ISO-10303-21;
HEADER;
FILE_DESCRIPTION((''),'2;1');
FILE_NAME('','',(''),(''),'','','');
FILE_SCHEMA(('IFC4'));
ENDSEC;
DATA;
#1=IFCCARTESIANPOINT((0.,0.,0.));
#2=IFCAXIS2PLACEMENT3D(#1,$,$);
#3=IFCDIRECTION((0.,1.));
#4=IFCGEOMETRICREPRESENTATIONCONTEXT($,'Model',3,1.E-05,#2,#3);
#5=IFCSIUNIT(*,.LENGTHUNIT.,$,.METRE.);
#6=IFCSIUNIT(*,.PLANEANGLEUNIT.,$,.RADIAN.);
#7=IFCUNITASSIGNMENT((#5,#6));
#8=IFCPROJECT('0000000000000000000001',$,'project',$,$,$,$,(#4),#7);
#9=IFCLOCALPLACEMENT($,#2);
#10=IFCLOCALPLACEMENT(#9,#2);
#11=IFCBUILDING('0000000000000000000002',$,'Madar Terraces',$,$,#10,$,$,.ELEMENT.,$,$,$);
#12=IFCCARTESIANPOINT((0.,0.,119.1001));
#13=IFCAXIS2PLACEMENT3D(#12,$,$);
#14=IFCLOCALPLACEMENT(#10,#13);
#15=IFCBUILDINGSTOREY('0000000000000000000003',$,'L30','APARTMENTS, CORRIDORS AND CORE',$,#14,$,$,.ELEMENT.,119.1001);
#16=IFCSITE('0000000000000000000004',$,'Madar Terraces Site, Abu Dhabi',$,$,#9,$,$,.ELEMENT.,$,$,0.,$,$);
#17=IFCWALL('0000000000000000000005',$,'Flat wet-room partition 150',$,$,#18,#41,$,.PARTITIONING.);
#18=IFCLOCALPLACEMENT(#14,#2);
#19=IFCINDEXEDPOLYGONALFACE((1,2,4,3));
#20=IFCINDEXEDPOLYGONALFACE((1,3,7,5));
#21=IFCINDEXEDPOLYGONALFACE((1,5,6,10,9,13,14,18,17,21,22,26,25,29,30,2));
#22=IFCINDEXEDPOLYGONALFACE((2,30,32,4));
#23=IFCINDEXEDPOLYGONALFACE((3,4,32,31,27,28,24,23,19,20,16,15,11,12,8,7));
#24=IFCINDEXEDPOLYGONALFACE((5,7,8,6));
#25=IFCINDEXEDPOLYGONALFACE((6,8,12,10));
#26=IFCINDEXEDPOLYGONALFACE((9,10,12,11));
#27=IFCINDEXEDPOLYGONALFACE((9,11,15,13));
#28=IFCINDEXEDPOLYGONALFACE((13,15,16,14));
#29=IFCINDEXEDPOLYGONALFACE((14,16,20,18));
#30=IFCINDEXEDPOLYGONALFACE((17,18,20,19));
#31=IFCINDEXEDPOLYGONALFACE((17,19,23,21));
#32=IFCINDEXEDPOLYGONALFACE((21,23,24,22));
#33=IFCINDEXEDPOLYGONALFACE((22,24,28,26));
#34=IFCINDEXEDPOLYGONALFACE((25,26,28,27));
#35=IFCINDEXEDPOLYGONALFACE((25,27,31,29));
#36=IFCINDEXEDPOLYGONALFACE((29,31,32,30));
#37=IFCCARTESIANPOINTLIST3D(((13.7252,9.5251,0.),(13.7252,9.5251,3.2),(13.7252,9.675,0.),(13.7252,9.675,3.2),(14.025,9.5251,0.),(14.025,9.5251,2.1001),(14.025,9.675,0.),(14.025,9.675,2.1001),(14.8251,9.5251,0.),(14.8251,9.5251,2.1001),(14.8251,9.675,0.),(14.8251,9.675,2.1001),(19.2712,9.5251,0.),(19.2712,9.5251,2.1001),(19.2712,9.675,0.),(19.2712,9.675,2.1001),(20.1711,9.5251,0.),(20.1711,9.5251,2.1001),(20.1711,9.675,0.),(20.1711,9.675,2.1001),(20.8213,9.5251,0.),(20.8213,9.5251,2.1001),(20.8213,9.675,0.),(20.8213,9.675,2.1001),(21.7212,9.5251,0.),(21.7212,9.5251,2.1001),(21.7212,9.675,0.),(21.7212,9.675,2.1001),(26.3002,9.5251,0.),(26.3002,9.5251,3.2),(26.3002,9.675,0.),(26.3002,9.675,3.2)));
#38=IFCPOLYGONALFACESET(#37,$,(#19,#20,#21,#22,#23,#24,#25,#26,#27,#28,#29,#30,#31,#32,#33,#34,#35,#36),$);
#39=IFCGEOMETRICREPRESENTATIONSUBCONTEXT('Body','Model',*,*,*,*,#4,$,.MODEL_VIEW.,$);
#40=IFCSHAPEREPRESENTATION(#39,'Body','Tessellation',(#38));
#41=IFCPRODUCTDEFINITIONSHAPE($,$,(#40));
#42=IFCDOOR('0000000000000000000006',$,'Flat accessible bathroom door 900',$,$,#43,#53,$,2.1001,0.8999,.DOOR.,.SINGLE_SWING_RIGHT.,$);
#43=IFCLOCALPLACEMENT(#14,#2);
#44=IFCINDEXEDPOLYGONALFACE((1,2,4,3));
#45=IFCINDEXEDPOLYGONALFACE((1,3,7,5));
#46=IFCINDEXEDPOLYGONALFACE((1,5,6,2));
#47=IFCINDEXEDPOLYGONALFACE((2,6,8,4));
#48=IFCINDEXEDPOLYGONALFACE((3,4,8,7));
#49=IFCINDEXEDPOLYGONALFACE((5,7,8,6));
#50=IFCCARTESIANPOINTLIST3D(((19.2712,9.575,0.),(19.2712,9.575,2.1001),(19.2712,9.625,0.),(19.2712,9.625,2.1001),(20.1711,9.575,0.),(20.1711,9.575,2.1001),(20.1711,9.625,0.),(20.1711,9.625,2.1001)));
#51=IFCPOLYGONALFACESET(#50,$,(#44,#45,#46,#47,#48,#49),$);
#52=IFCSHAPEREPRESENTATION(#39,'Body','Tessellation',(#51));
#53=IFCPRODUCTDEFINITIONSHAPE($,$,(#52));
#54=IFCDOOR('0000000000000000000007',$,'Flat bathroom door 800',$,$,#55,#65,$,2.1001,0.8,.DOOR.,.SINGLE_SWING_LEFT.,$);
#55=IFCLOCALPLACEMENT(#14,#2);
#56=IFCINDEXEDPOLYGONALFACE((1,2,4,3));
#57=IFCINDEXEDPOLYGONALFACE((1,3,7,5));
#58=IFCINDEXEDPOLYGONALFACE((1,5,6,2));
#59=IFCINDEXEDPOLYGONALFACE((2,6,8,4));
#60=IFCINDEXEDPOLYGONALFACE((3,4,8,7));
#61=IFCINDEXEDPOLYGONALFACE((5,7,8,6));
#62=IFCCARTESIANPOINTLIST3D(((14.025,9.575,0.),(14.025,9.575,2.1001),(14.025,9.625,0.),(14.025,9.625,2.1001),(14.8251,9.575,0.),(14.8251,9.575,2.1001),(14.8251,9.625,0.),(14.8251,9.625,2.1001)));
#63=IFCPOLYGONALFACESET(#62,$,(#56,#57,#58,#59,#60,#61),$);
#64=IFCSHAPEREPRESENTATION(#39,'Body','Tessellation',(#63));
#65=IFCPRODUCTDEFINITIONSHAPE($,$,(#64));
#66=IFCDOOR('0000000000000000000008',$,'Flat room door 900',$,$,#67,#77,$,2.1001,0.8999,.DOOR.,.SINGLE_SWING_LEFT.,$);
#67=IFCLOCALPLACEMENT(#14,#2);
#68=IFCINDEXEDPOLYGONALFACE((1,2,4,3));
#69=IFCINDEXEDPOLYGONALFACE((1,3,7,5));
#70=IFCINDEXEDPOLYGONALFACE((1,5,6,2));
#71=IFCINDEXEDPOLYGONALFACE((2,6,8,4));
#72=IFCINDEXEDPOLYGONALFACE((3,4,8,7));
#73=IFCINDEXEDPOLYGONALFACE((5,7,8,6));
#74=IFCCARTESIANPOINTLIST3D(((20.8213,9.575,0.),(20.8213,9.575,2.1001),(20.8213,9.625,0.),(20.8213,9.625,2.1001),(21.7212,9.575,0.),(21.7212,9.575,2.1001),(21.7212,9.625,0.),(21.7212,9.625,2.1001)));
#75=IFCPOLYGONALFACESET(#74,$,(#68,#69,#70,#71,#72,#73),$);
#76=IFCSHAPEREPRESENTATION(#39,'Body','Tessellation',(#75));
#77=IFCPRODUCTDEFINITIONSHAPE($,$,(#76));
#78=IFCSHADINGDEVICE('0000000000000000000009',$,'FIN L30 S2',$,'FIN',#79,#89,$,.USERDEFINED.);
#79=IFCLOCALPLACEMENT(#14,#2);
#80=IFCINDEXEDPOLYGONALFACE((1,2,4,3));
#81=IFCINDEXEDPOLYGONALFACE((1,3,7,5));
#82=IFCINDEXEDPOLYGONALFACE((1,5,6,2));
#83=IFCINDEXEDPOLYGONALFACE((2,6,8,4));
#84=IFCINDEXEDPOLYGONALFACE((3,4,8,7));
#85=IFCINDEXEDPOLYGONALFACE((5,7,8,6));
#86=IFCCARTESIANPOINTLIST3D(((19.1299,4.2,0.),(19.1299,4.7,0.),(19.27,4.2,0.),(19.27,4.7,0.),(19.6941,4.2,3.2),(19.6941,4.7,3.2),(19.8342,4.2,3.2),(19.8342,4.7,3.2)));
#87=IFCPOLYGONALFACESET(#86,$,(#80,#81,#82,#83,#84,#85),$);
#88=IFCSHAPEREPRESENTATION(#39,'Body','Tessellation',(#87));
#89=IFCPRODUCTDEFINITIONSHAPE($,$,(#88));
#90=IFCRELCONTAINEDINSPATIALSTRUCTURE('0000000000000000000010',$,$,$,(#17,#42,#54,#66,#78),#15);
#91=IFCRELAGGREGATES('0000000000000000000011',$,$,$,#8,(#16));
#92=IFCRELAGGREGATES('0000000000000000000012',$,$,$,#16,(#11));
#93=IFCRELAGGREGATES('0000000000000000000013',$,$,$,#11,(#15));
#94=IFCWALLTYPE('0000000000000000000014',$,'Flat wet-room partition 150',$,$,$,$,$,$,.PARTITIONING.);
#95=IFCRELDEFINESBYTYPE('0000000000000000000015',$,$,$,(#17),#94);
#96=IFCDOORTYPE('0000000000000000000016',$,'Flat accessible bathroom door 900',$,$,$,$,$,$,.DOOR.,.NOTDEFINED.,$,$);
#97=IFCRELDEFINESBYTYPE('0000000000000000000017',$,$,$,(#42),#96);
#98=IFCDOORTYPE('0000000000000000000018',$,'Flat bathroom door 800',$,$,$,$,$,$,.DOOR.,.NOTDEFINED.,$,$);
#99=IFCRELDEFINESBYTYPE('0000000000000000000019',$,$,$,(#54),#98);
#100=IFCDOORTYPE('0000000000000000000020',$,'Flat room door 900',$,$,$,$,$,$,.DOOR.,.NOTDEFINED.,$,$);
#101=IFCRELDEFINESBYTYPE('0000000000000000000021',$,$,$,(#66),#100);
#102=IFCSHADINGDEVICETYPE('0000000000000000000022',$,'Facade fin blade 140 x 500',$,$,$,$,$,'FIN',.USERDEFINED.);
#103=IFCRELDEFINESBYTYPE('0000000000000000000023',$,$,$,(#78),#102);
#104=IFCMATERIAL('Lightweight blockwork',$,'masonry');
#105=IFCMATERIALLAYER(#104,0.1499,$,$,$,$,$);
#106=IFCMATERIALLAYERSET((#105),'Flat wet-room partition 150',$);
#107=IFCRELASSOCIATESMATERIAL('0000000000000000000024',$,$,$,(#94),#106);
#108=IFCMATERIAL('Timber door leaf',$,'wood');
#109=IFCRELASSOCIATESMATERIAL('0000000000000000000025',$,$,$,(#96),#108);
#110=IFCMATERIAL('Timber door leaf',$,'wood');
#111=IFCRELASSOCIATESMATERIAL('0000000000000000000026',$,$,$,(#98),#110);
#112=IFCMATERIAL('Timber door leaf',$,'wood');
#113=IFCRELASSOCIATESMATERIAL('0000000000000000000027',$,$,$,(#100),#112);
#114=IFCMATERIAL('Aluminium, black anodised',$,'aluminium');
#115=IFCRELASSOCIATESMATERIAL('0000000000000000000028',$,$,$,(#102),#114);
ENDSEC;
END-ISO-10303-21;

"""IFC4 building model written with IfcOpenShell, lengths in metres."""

from ifc_helpers import new_model, si_unit, direction, frame, frame_2d, origin, place, context, subcontext, project, spatial, polyline, rectangle, outline, extrude, material, layer, layer_set, type_object, element, fill, save


model = new_model("IFC4")

# Units and contexts
model_context = context("Model", 3, precision=1e-05, world=origin(), true_north=direction((0.0, 1.0)))
body_context = subcontext(model_context, "Body", "Model", "MODEL_VIEW")
ifc_project = project(units=[si_unit("LENGTHUNIT", "METRE"), si_unit("PLANEANGLEUNIT", "RADIAN")], contexts=[model_context])

# Site, building, storey
site_placement = place(None, origin())
site = spatial("IfcSite", under=ifc_project, at=site_placement, Name="Madar Terraces Site, Abu Dhabi", CompositionType="ELEMENT", RefElevation=0.0)
building_placement = place(site_placement, origin())
building = spatial("IfcBuilding", under=site, at=building_placement, Name="Madar Terraces", CompositionType="ELEMENT")
storey_placement = place(building_placement, frame((0.0, 0.0, 119.1001)))
storey = spatial("IfcBuildingStorey", under=building, at=storey_placement, Name="L30", Description="APARTMENTS, CORRIDORS AND CORE", CompositionType="ELEMENT", Elevation=119.1001)

# Shared definitions
ifc_material_1 = material(Name="Lightweight blockwork", Category="masonry")
ifc_layer_1 = layer(ifc_material_1, 0.1499)
ifc_layer_set_1 = layer_set([ifc_layer_1], Name="Flat wet-room partition 150")
wall_type_1 = type_object("IfcWallType", Name="Flat wet-room partition 150", PredefinedType="PARTITIONING", material=ifc_layer_set_1)

# Wall, openings, doors
wall_1_placement = place(storey_placement, frame((13.7251, 9.6001, 0.0), z_axis=(0.0, 0.0, 1.0), x_axis=(1.0, 0.0, 0.0)))
wall_1 = element("IfcWall", 1, at=wall_1_placement, inside=storey, type_object=wall_type_1, Name="Flat wet-room partition 150", PredefinedType="PARTITIONING", context=body_context, shape_type="SweptSolid", body=[
    extrude(rectangle(XDim=12.575, YDim=0.1499, at=frame_2d((6.2876, 0.0))), origin(), (0.0, 0.0, 1.0), 3.2),
])
opening_1_placement = place(wall_1_placement, frame((0.3, 0.0, 0.0)))
opening_1 = element("IfcOpeningElement", 2, at=opening_1_placement, cuts=wall_1, PredefinedType="OPENING", context=body_context, shape_type="SweptSolid", body=[
    extrude(rectangle(XDim=0.8, YDim=2.1001, at=frame_2d((0.3999, 1.05))), frame((0.0, 0.085, 0.0), z_axis=(0.0, -1.0, 0.0), x_axis=(1.0, 0.0, 0.0)), (0.0, 0.0, 1.0), 0.1699),
])
opening_2_placement = place(wall_1_placement, frame((5.5461, 0.0, 0.0)))
opening_2 = element("IfcOpeningElement", 3, at=opening_2_placement, cuts=wall_1, PredefinedType="OPENING", context=body_context, shape_type="SweptSolid", body=[
    extrude(rectangle(XDim=0.8999, YDim=2.1001, at=frame_2d((0.45, 1.05))), frame((0.0, 0.085, 0.0), z_axis=(0.0, -1.0, 0.0), x_axis=(1.0, 0.0, 0.0)), (0.0, 0.0, 1.0), 0.1699),
])
opening_3_placement = place(wall_1_placement, frame((7.0962, 0.0, 0.0)))
opening_3 = element("IfcOpeningElement", 4, at=opening_3_placement, cuts=wall_1, PredefinedType="OPENING", context=body_context, shape_type="SweptSolid", body=[
    extrude(rectangle(XDim=0.8999, YDim=2.1001, at=frame_2d((0.45, 1.05))), frame((0.0, 0.085, 0.0), z_axis=(0.0, -1.0, 0.0), x_axis=(1.0, 0.0, 0.0)), (0.0, 0.0, 1.0), 0.1699),
])
ifc_material_2 = material(Name="Timber door leaf", Category="wood")
door_type_1 = type_object("IfcDoorType", Name="Flat accessible bathroom door 900", OperationType="NOTDEFINED", PredefinedType="DOOR", material=ifc_material_2)
door_1_placement = place(opening_2_placement, origin())
door_1 = element("IfcDoor", 5, at=door_1_placement, inside=storey, type_object=door_type_1, Name="Flat accessible bathroom door 900", OperationType="SINGLE_SWING_RIGHT", OverallHeight=2.1001, OverallWidth=0.8999, PredefinedType="DOOR", context=body_context, shape_type="SweptSolid", body=[
    extrude(rectangle(XDim=0.8999, YDim=2.1001, at=frame_2d((0.45, 1.05))), frame((0.0, 0.0249, 0.0), z_axis=(0.0, -1.0, 0.0), x_axis=(1.0, 0.0, 0.0)), (0.0, 0.0, 1.0), 0.05),
])
fill(opening_2, door_1)
ifc_material_3 = material(Name="Timber door leaf", Category="wood")
door_type_2 = type_object("IfcDoorType", Name="Flat bathroom door 800", OperationType="NOTDEFINED", PredefinedType="DOOR", material=ifc_material_3)
door_2_placement = place(opening_1_placement, origin())
door_2 = element("IfcDoor", 6, at=door_2_placement, inside=storey, type_object=door_type_2, Name="Flat bathroom door 800", OperationType="SINGLE_SWING_LEFT", OverallHeight=2.1001, OverallWidth=0.8, PredefinedType="DOOR", context=body_context, shape_type="SweptSolid", body=[
    extrude(rectangle(XDim=0.8, YDim=2.1001, at=frame_2d((0.3999, 1.05))), frame((0.0, 0.0249, 0.0), z_axis=(0.0, -1.0, 0.0), x_axis=(1.0, 0.0, 0.0)), (0.0, 0.0, 1.0), 0.05),
])
fill(opening_1, door_2)
ifc_material_4 = material(Name="Timber door leaf", Category="wood")
door_type_3 = type_object("IfcDoorType", Name="Flat room door 900", OperationType="NOTDEFINED", PredefinedType="DOOR", material=ifc_material_4)
door_3_placement = place(opening_3_placement, origin())
door_3 = element("IfcDoor", 7, at=door_3_placement, inside=storey, type_object=door_type_3, Name="Flat room door 900", OperationType="SINGLE_SWING_LEFT", OverallHeight=2.1001, OverallWidth=0.8999, PredefinedType="DOOR", context=body_context, shape_type="SweptSolid", body=[
    extrude(rectangle(XDim=0.8999, YDim=2.1001, at=frame_2d((0.45, 1.05))), frame((0.0, 0.0249, 0.0), z_axis=(0.0, -1.0, 0.0), x_axis=(1.0, 0.0, 0.0)), (0.0, 0.0, 1.0), 0.05),
])
fill(opening_3, door_3)

# Shading device
ifc_material_5 = material(Name="Aluminium, black anodised", Category="aluminium")
shading_device_type = type_object("IfcShadingDeviceType", Name="Facade fin blade 140 x 500", ElementType="FIN", PredefinedType="USERDEFINED", material=ifc_material_5)
shading_device_placement = place(storey_placement, frame((19.1299, 4.45, 0.0), z_axis=(0.0, 0.0, 1.0), x_axis=(1.0, 0.0, 0.0)))
element("IfcShadingDevice", 8, at=shading_device_placement, inside=storey, type_object=shading_device_type, Name="FIN L30 S2", ObjectType="FIN", PredefinedType="USERDEFINED", context=body_context, shape_type="SweptSolid", body=[
    extrude(outline(polyline([(0.0, 0.0), (0.1401, 0.0), (0.7043, 3.2), (0.5642, 3.2), (0.0, 0.0)])), frame((0.0, 0.25, 0.0), z_axis=(0.0, -1.0, 0.0), x_axis=(1.0, 0.0, 0.0)), (0.0, 0.0, 1.0), 0.5),
])

save(model, "model.ifc")
